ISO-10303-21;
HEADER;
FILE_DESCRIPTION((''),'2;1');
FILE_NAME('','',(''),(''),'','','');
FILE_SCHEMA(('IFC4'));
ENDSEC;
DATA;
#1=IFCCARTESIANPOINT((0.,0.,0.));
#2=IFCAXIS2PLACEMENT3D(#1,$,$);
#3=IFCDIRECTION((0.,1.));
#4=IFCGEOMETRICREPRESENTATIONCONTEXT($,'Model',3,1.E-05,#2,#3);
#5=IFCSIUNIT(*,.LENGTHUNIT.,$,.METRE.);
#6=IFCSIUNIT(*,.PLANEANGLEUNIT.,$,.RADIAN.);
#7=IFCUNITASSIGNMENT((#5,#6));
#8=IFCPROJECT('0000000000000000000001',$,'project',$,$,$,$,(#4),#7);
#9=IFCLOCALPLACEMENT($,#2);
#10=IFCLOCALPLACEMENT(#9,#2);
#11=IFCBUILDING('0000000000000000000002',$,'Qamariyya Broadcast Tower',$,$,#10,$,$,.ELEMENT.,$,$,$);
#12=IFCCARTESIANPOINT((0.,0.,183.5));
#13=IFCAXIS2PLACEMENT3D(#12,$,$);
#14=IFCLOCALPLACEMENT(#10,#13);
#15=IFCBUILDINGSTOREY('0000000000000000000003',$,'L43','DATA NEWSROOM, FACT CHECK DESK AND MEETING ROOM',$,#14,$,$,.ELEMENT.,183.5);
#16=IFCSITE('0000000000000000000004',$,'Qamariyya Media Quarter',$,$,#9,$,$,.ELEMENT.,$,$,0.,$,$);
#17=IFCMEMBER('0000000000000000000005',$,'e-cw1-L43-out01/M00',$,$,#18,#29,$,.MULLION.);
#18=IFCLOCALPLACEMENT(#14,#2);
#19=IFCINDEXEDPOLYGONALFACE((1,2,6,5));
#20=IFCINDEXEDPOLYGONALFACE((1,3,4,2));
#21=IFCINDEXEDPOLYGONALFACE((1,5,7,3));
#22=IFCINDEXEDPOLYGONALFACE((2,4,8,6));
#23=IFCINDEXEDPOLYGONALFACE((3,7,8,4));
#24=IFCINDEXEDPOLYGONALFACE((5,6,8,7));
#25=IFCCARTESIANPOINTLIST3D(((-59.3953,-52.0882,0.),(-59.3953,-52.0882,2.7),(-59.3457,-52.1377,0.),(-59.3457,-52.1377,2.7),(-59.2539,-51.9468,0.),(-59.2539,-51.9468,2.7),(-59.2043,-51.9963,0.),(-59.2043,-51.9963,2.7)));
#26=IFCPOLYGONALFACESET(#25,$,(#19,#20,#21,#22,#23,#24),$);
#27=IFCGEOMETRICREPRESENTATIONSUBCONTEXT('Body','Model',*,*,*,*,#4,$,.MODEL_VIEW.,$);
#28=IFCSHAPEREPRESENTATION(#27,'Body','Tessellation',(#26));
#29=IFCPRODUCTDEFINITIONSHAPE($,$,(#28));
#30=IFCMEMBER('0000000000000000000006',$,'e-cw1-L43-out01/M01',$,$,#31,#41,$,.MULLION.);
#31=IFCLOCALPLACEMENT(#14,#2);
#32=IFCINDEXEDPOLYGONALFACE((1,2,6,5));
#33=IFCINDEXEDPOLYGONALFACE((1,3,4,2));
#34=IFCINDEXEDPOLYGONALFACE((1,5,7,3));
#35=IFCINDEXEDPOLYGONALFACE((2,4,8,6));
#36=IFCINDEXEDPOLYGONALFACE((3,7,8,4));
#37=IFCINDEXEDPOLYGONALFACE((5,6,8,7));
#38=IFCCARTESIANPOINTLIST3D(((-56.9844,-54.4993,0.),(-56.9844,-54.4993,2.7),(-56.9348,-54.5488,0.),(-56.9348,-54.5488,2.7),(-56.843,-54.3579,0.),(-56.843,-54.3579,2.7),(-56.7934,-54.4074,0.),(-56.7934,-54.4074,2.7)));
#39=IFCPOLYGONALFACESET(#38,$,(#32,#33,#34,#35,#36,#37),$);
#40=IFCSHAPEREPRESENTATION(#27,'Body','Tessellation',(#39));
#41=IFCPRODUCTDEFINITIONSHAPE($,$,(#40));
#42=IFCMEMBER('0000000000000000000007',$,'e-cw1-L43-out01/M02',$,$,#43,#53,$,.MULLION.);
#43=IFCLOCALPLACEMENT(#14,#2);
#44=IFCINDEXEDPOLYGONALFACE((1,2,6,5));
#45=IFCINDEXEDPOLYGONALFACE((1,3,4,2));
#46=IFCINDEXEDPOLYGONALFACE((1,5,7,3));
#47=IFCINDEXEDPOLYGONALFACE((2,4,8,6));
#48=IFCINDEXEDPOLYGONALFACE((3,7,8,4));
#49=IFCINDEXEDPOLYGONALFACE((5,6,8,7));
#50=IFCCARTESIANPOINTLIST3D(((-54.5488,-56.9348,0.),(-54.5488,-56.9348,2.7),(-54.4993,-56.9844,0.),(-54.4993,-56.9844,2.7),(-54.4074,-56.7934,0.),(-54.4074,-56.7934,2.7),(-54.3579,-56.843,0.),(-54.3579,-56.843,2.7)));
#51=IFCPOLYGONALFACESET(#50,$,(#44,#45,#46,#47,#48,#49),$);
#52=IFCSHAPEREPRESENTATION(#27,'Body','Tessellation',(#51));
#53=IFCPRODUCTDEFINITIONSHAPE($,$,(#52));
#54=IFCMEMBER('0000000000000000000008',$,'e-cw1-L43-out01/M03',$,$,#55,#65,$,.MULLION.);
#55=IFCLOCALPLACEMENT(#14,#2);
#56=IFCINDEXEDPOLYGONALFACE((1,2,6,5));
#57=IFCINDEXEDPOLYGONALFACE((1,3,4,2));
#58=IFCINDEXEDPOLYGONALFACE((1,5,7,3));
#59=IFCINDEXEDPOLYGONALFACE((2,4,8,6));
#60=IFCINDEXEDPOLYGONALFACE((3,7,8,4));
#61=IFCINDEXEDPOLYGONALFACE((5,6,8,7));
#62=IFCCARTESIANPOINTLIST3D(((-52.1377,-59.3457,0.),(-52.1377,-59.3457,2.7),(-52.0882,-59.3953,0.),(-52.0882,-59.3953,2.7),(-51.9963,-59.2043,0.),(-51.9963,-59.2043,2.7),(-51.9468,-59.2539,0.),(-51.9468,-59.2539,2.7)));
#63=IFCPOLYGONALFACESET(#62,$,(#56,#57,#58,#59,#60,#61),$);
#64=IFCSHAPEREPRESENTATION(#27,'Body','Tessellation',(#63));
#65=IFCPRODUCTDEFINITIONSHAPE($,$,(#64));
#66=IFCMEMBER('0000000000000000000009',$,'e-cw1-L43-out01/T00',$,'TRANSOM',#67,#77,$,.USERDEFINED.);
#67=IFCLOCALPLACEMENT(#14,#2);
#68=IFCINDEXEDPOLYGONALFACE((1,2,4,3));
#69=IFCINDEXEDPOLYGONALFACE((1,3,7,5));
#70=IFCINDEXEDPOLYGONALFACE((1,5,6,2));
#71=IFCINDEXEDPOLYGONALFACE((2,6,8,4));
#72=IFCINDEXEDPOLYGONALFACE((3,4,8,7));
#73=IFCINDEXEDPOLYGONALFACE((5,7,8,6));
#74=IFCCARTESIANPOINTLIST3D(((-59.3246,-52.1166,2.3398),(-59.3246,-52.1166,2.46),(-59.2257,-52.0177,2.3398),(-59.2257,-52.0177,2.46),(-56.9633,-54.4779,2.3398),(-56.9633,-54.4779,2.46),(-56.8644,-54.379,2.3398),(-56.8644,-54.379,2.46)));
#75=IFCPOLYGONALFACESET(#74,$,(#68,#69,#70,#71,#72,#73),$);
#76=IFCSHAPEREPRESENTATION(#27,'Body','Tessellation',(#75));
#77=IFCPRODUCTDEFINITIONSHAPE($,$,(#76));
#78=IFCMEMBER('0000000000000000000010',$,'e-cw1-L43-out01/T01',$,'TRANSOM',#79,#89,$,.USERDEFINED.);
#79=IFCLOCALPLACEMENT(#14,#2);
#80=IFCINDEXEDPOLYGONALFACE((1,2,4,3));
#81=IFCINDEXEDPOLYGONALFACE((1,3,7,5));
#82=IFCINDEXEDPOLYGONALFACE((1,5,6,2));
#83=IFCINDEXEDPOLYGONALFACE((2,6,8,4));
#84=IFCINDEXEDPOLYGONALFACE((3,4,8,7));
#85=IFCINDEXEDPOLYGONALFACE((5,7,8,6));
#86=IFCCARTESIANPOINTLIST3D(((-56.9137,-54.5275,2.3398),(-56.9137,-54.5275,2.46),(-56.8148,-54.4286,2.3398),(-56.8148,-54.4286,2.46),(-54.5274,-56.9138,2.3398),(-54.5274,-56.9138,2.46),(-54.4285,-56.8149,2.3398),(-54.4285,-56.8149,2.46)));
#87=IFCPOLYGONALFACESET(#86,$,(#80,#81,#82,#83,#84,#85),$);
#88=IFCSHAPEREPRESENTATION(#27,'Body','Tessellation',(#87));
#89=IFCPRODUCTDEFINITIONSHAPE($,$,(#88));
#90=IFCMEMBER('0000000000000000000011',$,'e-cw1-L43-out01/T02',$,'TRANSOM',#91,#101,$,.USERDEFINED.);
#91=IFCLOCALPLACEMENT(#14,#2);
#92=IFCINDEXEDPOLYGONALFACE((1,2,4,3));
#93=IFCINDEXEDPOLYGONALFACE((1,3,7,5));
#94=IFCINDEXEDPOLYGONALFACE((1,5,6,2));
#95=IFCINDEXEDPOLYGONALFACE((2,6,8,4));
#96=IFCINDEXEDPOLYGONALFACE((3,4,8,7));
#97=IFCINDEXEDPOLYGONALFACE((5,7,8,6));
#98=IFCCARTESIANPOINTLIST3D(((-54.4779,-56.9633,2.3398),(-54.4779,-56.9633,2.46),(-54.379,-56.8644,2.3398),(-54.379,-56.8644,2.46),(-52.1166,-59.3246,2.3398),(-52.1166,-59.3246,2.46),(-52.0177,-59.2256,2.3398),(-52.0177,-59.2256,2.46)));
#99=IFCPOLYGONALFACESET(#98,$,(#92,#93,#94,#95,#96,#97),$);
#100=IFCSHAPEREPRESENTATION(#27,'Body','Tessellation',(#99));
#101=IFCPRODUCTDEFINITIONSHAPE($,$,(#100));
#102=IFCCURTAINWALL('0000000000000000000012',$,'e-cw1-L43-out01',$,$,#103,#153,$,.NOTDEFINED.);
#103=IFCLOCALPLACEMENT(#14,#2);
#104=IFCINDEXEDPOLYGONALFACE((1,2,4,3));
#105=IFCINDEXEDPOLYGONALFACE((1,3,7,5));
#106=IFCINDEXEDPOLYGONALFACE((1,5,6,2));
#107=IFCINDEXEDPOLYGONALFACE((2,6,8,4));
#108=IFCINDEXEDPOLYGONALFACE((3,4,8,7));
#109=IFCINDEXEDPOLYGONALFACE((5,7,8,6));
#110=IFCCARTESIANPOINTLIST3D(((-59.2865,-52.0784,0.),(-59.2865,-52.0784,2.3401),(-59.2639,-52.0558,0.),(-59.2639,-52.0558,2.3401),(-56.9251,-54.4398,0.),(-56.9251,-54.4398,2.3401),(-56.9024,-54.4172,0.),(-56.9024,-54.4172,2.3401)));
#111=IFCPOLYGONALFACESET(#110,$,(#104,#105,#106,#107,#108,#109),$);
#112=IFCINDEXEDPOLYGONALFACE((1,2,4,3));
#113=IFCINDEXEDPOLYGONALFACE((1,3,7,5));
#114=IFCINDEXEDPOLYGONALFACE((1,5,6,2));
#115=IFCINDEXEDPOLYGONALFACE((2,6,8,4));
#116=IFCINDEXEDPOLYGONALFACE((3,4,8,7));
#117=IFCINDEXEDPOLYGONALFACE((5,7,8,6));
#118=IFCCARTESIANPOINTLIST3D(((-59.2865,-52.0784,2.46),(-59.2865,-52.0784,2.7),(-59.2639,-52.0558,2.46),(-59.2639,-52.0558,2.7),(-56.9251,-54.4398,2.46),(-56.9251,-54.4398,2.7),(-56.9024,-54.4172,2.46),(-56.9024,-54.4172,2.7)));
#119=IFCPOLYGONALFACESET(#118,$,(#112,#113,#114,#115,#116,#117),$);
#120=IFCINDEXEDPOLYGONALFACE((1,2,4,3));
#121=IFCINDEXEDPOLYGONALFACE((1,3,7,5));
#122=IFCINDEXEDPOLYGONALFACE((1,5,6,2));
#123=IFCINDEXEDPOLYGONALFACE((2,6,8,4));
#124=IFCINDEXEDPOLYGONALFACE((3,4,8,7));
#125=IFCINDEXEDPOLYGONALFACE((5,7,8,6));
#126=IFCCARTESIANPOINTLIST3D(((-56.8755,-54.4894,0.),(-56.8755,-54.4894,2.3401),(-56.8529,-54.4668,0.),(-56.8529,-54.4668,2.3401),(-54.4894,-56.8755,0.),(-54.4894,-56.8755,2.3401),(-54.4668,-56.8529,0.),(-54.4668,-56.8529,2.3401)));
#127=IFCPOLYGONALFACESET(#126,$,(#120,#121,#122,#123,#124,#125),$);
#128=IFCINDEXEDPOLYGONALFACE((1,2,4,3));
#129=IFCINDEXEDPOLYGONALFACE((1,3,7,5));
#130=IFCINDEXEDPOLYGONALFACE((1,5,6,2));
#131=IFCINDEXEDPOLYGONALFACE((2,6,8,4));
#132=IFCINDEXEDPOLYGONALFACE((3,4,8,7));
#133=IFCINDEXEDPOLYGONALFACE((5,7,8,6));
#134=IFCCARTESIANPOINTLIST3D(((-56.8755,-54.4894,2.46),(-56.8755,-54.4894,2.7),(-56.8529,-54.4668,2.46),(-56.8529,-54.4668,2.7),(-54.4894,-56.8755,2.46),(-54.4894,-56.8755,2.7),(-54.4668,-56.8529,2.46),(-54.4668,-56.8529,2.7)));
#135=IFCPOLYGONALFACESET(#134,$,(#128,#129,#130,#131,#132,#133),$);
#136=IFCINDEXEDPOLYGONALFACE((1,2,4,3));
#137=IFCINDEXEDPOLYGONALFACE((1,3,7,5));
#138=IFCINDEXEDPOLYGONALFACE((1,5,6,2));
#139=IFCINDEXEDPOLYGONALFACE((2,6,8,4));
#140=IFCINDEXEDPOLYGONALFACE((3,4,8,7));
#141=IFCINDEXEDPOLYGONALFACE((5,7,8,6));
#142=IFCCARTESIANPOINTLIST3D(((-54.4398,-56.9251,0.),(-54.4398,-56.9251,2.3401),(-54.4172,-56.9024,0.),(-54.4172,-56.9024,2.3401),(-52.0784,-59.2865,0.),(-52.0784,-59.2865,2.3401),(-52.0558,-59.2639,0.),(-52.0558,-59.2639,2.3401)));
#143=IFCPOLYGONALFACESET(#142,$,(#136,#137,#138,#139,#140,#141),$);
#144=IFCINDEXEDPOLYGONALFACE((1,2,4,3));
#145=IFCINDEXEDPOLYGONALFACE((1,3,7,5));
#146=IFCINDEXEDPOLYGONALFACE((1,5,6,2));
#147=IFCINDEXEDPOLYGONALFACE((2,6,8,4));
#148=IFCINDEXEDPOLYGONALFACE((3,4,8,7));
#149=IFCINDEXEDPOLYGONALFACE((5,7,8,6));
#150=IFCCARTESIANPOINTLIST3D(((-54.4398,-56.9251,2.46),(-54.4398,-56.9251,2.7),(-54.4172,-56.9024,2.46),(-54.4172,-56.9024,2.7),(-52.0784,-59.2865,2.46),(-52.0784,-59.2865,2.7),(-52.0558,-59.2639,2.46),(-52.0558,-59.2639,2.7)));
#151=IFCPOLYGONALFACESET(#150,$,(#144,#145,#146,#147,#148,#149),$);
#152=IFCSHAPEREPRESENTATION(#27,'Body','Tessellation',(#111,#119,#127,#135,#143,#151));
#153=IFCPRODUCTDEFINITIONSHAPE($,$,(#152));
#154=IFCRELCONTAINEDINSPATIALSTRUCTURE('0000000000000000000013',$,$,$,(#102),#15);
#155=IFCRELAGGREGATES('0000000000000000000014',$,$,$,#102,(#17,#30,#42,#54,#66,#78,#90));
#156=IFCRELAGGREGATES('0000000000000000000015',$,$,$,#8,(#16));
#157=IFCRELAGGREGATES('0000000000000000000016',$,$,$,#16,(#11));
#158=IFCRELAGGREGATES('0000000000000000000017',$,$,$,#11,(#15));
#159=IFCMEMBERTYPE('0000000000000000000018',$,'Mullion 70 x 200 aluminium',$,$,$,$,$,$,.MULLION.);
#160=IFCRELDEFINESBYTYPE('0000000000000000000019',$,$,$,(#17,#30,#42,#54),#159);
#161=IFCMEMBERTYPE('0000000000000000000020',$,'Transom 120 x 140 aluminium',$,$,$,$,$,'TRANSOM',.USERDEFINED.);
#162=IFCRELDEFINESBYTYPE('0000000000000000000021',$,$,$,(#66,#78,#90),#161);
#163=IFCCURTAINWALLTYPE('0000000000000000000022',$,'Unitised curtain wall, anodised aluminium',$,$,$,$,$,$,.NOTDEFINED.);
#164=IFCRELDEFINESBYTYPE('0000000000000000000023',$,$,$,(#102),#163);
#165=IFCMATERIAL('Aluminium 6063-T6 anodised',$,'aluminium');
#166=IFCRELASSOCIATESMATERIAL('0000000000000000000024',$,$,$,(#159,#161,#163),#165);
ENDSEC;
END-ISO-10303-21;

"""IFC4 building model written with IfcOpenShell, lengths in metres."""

from ifc_helpers import new_model, si_unit, direction, frame, origin, origin_2d, place, context, subcontext, project, spatial, rectangle, extrude, material, material_profile, profile_set, type_object, element, aggregate, save


model = new_model("IFC4")

# Units and contexts
model_context = context("Model", 3, precision=1e-05, world=origin(), true_north=direction((0.0, 1.0)))
body_context = subcontext(model_context, "Body", "Model", "MODEL_VIEW")
ifc_project = project(units=[si_unit("LENGTHUNIT", "METRE"), si_unit("PLANEANGLEUNIT", "RADIAN")], contexts=[model_context])

# Members
ifc_material_1 = material(Name="Aluminium 6063-T6 anodised", Category="aluminium")
ifc_material_profile_1 = material_profile(ifc_material_1, rectangle(XDim=0.2, YDim=0.0701, at=origin_2d()))
ifc_profile_set_1 = profile_set([ifc_material_profile_1], Name="Aluminium 6063-T6 anodised")
member_type_1 = type_object("IfcMemberType", Name="Mullion 70 x 200 aluminium", PredefinedType="MULLION", material=ifc_profile_set_1)
site_placement = place(None, origin())
building_placement = place(site_placement, origin())
storey_placement = place(building_placement, frame((0.0, 0.0, 183.5)))
member_1_placement = place(storey_placement, frame((-59.2998, -52.0422, 0.0), z_axis=(0.0, 0.0, 1.0), x_axis=(0.707107, 0.707107, 0.0)))
member_1 = element("IfcMember", 1, at=member_1_placement, type_object=member_type_1, Name="e-cw1-L43-out01/M00", PredefinedType="MULLION", context=body_context, shape_type="SweptSolid", body=[
    extrude(rectangle(XDim=0.2, YDim=0.0701, at=origin_2d()), origin(), (0.0, 0.0, 1.0), 2.7),
])
member_2_placement = place(storey_placement, frame((-56.8889, -54.4534, 0.0), z_axis=(0.0, 0.0, 1.0), x_axis=(0.707107, 0.707107, 0.0)))
member_2 = element("IfcMember", 2, at=member_2_placement, type_object=member_type_1, Name="e-cw1-L43-out01/M01", PredefinedType="MULLION", context=body_context, shape_type="SweptSolid", body=[
    extrude(rectangle(XDim=0.2, YDim=0.0701, at=origin_2d()), origin(), (0.0, 0.0, 1.0), 2.7),
])
member_3_placement = place(storey_placement, frame((-54.4534, -56.8889, 0.0), z_axis=(0.0, 0.0, 1.0), x_axis=(0.707107, 0.707107, 0.0)))
member_3 = element("IfcMember", 3, at=member_3_placement, type_object=member_type_1, Name="e-cw1-L43-out01/M02", PredefinedType="MULLION", context=body_context, shape_type="SweptSolid", body=[
    extrude(rectangle(XDim=0.2, YDim=0.0701, at=origin_2d()), origin(), (0.0, 0.0, 1.0), 2.7),
])
member_4_placement = place(storey_placement, frame((-52.0422, -59.2998, 0.0), z_axis=(0.0, 0.0, 1.0), x_axis=(0.707107, 0.707107, 0.0)))
member_4 = element("IfcMember", 4, at=member_4_placement, type_object=member_type_1, Name="e-cw1-L43-out01/M03", PredefinedType="MULLION", context=body_context, shape_type="SweptSolid", body=[
    extrude(rectangle(XDim=0.2, YDim=0.0701, at=origin_2d()), origin(), (0.0, 0.0, 1.0), 2.7),
])
ifc_material_profile_2 = material_profile(ifc_material_1, rectangle(XDim=0.1399, YDim=0.1201, at=origin_2d()))
ifc_profile_set_2 = profile_set([ifc_material_profile_2], Name="Aluminium 6063-T6 anodised")
member_type_2 = type_object("IfcMemberType", Name="Transom 120 x 140 aluminium", ElementType="TRANSOM", PredefinedType="USERDEFINED", material=ifc_profile_set_2)
member_5_placement = place(storey_placement, frame((-59.2751, -52.0671, 2.3999), z_axis=(0.707107, -0.707107, 0.0), x_axis=(0.707107, 0.707107, 0.0)))
member_5 = element("IfcMember", 5, at=member_5_placement, type_object=member_type_2, Name="e-cw1-L43-out01/T00", ObjectType="TRANSOM", PredefinedType="USERDEFINED", context=body_context, shape_type="SweptSolid", body=[
    extrude(rectangle(XDim=0.1399, YDim=0.1201, at=origin_2d()), origin(), (0.0, 0.0, 1.0), 3.3394),
])
member_6_placement = place(storey_placement, frame((-56.8643, -54.478, 2.3999), z_axis=(0.707107, -0.707107, 0.0), x_axis=(0.707107, 0.707107, 0.0)))
member_6 = element("IfcMember", 6, at=member_6_placement, type_object=member_type_2, Name="e-cw1-L43-out01/T01", ObjectType="TRANSOM", PredefinedType="USERDEFINED", context=body_context, shape_type="SweptSolid", body=[
    extrude(rectangle(XDim=0.1399, YDim=0.1201, at=origin_2d()), origin(), (0.0, 0.0, 1.0), 3.3748),
])
member_7_placement = place(storey_placement, frame((-54.4285, -56.9138, 2.3999), z_axis=(0.707107, -0.707107, 0.0), x_axis=(0.707107, 0.707107, 0.0)))
member_7 = element("IfcMember", 7, at=member_7_placement, type_object=member_type_2, Name="e-cw1-L43-out01/T02", ObjectType="TRANSOM", PredefinedType="USERDEFINED", context=body_context, shape_type="SweptSolid", body=[
    extrude(rectangle(XDim=0.1399, YDim=0.1201, at=origin_2d()), origin(), (0.0, 0.0, 1.0), 3.3394),
])

# Site, building, storey
site = spatial("IfcSite", under=ifc_project, at=site_placement, Name="Qamariyya Media Quarter", CompositionType="ELEMENT", RefElevation=0.0)
building = spatial("IfcBuilding", under=site, at=building_placement, Name="Qamariyya Broadcast Tower", CompositionType="ELEMENT")
storey = spatial("IfcBuildingStorey", under=building, at=storey_placement, Name="L43", Description="DATA NEWSROOM, FACT CHECK DESK AND MEETING ROOM", CompositionType="ELEMENT", Elevation=183.5)

# Curtain wall
curtain_wall_type = type_object("IfcCurtainWallType", Name="Unitised curtain wall, anodised aluminium", PredefinedType="NOTDEFINED", material=ifc_material_1)
curtain_wall_1_placement = place(storey_placement, origin())
curtain_wall_1 = element("IfcCurtainWall", 8, at=curtain_wall_1_placement, inside=storey, type_object=curtain_wall_type, Name="e-cw1-L43-out01", PredefinedType="NOTDEFINED", context=body_context, shape_type="SweptSolid", body=[
    extrude(rectangle(XDim=3.3396, YDim=0.032, at=origin_2d()), frame((-58.0945, -53.2478, 0.0), x_axis=(0.707107, -0.707107, 0.0)), (0.0, 0.0, 1.0), 2.3401),
    extrude(rectangle(XDim=3.3396, YDim=0.032, at=origin_2d()), frame((-58.0945, -53.2478, 2.46), x_axis=(0.707107, -0.707107, 0.0)), (0.0, 0.0, 1.0), 0.24),
    extrude(rectangle(XDim=3.3745, YDim=0.032, at=origin_2d()), frame((-55.6711, -55.6711, 0.0), x_axis=(0.707107, -0.707107, 0.0)), (0.0, 0.0, 1.0), 2.3401),
    extrude(rectangle(XDim=3.3745, YDim=0.032, at=origin_2d()), frame((-55.6711, -55.6711, 2.46), x_axis=(0.707107, -0.707107, 0.0)), (0.0, 0.0, 1.0), 0.24),
    extrude(rectangle(XDim=3.3396, YDim=0.032, at=origin_2d()), frame((-53.2478, -58.0945, 0.0), x_axis=(0.707107, -0.707107, 0.0)), (0.0, 0.0, 1.0), 2.3401),
    extrude(rectangle(XDim=3.3396, YDim=0.032, at=origin_2d()), frame((-53.2478, -58.0945, 2.46), x_axis=(0.707107, -0.707107, 0.0)), (0.0, 0.0, 1.0), 0.24),
])
aggregate(curtain_wall_1, [member_1, member_2, member_3, member_4, member_5, member_6, member_7])

save(model, "model.ifc")
